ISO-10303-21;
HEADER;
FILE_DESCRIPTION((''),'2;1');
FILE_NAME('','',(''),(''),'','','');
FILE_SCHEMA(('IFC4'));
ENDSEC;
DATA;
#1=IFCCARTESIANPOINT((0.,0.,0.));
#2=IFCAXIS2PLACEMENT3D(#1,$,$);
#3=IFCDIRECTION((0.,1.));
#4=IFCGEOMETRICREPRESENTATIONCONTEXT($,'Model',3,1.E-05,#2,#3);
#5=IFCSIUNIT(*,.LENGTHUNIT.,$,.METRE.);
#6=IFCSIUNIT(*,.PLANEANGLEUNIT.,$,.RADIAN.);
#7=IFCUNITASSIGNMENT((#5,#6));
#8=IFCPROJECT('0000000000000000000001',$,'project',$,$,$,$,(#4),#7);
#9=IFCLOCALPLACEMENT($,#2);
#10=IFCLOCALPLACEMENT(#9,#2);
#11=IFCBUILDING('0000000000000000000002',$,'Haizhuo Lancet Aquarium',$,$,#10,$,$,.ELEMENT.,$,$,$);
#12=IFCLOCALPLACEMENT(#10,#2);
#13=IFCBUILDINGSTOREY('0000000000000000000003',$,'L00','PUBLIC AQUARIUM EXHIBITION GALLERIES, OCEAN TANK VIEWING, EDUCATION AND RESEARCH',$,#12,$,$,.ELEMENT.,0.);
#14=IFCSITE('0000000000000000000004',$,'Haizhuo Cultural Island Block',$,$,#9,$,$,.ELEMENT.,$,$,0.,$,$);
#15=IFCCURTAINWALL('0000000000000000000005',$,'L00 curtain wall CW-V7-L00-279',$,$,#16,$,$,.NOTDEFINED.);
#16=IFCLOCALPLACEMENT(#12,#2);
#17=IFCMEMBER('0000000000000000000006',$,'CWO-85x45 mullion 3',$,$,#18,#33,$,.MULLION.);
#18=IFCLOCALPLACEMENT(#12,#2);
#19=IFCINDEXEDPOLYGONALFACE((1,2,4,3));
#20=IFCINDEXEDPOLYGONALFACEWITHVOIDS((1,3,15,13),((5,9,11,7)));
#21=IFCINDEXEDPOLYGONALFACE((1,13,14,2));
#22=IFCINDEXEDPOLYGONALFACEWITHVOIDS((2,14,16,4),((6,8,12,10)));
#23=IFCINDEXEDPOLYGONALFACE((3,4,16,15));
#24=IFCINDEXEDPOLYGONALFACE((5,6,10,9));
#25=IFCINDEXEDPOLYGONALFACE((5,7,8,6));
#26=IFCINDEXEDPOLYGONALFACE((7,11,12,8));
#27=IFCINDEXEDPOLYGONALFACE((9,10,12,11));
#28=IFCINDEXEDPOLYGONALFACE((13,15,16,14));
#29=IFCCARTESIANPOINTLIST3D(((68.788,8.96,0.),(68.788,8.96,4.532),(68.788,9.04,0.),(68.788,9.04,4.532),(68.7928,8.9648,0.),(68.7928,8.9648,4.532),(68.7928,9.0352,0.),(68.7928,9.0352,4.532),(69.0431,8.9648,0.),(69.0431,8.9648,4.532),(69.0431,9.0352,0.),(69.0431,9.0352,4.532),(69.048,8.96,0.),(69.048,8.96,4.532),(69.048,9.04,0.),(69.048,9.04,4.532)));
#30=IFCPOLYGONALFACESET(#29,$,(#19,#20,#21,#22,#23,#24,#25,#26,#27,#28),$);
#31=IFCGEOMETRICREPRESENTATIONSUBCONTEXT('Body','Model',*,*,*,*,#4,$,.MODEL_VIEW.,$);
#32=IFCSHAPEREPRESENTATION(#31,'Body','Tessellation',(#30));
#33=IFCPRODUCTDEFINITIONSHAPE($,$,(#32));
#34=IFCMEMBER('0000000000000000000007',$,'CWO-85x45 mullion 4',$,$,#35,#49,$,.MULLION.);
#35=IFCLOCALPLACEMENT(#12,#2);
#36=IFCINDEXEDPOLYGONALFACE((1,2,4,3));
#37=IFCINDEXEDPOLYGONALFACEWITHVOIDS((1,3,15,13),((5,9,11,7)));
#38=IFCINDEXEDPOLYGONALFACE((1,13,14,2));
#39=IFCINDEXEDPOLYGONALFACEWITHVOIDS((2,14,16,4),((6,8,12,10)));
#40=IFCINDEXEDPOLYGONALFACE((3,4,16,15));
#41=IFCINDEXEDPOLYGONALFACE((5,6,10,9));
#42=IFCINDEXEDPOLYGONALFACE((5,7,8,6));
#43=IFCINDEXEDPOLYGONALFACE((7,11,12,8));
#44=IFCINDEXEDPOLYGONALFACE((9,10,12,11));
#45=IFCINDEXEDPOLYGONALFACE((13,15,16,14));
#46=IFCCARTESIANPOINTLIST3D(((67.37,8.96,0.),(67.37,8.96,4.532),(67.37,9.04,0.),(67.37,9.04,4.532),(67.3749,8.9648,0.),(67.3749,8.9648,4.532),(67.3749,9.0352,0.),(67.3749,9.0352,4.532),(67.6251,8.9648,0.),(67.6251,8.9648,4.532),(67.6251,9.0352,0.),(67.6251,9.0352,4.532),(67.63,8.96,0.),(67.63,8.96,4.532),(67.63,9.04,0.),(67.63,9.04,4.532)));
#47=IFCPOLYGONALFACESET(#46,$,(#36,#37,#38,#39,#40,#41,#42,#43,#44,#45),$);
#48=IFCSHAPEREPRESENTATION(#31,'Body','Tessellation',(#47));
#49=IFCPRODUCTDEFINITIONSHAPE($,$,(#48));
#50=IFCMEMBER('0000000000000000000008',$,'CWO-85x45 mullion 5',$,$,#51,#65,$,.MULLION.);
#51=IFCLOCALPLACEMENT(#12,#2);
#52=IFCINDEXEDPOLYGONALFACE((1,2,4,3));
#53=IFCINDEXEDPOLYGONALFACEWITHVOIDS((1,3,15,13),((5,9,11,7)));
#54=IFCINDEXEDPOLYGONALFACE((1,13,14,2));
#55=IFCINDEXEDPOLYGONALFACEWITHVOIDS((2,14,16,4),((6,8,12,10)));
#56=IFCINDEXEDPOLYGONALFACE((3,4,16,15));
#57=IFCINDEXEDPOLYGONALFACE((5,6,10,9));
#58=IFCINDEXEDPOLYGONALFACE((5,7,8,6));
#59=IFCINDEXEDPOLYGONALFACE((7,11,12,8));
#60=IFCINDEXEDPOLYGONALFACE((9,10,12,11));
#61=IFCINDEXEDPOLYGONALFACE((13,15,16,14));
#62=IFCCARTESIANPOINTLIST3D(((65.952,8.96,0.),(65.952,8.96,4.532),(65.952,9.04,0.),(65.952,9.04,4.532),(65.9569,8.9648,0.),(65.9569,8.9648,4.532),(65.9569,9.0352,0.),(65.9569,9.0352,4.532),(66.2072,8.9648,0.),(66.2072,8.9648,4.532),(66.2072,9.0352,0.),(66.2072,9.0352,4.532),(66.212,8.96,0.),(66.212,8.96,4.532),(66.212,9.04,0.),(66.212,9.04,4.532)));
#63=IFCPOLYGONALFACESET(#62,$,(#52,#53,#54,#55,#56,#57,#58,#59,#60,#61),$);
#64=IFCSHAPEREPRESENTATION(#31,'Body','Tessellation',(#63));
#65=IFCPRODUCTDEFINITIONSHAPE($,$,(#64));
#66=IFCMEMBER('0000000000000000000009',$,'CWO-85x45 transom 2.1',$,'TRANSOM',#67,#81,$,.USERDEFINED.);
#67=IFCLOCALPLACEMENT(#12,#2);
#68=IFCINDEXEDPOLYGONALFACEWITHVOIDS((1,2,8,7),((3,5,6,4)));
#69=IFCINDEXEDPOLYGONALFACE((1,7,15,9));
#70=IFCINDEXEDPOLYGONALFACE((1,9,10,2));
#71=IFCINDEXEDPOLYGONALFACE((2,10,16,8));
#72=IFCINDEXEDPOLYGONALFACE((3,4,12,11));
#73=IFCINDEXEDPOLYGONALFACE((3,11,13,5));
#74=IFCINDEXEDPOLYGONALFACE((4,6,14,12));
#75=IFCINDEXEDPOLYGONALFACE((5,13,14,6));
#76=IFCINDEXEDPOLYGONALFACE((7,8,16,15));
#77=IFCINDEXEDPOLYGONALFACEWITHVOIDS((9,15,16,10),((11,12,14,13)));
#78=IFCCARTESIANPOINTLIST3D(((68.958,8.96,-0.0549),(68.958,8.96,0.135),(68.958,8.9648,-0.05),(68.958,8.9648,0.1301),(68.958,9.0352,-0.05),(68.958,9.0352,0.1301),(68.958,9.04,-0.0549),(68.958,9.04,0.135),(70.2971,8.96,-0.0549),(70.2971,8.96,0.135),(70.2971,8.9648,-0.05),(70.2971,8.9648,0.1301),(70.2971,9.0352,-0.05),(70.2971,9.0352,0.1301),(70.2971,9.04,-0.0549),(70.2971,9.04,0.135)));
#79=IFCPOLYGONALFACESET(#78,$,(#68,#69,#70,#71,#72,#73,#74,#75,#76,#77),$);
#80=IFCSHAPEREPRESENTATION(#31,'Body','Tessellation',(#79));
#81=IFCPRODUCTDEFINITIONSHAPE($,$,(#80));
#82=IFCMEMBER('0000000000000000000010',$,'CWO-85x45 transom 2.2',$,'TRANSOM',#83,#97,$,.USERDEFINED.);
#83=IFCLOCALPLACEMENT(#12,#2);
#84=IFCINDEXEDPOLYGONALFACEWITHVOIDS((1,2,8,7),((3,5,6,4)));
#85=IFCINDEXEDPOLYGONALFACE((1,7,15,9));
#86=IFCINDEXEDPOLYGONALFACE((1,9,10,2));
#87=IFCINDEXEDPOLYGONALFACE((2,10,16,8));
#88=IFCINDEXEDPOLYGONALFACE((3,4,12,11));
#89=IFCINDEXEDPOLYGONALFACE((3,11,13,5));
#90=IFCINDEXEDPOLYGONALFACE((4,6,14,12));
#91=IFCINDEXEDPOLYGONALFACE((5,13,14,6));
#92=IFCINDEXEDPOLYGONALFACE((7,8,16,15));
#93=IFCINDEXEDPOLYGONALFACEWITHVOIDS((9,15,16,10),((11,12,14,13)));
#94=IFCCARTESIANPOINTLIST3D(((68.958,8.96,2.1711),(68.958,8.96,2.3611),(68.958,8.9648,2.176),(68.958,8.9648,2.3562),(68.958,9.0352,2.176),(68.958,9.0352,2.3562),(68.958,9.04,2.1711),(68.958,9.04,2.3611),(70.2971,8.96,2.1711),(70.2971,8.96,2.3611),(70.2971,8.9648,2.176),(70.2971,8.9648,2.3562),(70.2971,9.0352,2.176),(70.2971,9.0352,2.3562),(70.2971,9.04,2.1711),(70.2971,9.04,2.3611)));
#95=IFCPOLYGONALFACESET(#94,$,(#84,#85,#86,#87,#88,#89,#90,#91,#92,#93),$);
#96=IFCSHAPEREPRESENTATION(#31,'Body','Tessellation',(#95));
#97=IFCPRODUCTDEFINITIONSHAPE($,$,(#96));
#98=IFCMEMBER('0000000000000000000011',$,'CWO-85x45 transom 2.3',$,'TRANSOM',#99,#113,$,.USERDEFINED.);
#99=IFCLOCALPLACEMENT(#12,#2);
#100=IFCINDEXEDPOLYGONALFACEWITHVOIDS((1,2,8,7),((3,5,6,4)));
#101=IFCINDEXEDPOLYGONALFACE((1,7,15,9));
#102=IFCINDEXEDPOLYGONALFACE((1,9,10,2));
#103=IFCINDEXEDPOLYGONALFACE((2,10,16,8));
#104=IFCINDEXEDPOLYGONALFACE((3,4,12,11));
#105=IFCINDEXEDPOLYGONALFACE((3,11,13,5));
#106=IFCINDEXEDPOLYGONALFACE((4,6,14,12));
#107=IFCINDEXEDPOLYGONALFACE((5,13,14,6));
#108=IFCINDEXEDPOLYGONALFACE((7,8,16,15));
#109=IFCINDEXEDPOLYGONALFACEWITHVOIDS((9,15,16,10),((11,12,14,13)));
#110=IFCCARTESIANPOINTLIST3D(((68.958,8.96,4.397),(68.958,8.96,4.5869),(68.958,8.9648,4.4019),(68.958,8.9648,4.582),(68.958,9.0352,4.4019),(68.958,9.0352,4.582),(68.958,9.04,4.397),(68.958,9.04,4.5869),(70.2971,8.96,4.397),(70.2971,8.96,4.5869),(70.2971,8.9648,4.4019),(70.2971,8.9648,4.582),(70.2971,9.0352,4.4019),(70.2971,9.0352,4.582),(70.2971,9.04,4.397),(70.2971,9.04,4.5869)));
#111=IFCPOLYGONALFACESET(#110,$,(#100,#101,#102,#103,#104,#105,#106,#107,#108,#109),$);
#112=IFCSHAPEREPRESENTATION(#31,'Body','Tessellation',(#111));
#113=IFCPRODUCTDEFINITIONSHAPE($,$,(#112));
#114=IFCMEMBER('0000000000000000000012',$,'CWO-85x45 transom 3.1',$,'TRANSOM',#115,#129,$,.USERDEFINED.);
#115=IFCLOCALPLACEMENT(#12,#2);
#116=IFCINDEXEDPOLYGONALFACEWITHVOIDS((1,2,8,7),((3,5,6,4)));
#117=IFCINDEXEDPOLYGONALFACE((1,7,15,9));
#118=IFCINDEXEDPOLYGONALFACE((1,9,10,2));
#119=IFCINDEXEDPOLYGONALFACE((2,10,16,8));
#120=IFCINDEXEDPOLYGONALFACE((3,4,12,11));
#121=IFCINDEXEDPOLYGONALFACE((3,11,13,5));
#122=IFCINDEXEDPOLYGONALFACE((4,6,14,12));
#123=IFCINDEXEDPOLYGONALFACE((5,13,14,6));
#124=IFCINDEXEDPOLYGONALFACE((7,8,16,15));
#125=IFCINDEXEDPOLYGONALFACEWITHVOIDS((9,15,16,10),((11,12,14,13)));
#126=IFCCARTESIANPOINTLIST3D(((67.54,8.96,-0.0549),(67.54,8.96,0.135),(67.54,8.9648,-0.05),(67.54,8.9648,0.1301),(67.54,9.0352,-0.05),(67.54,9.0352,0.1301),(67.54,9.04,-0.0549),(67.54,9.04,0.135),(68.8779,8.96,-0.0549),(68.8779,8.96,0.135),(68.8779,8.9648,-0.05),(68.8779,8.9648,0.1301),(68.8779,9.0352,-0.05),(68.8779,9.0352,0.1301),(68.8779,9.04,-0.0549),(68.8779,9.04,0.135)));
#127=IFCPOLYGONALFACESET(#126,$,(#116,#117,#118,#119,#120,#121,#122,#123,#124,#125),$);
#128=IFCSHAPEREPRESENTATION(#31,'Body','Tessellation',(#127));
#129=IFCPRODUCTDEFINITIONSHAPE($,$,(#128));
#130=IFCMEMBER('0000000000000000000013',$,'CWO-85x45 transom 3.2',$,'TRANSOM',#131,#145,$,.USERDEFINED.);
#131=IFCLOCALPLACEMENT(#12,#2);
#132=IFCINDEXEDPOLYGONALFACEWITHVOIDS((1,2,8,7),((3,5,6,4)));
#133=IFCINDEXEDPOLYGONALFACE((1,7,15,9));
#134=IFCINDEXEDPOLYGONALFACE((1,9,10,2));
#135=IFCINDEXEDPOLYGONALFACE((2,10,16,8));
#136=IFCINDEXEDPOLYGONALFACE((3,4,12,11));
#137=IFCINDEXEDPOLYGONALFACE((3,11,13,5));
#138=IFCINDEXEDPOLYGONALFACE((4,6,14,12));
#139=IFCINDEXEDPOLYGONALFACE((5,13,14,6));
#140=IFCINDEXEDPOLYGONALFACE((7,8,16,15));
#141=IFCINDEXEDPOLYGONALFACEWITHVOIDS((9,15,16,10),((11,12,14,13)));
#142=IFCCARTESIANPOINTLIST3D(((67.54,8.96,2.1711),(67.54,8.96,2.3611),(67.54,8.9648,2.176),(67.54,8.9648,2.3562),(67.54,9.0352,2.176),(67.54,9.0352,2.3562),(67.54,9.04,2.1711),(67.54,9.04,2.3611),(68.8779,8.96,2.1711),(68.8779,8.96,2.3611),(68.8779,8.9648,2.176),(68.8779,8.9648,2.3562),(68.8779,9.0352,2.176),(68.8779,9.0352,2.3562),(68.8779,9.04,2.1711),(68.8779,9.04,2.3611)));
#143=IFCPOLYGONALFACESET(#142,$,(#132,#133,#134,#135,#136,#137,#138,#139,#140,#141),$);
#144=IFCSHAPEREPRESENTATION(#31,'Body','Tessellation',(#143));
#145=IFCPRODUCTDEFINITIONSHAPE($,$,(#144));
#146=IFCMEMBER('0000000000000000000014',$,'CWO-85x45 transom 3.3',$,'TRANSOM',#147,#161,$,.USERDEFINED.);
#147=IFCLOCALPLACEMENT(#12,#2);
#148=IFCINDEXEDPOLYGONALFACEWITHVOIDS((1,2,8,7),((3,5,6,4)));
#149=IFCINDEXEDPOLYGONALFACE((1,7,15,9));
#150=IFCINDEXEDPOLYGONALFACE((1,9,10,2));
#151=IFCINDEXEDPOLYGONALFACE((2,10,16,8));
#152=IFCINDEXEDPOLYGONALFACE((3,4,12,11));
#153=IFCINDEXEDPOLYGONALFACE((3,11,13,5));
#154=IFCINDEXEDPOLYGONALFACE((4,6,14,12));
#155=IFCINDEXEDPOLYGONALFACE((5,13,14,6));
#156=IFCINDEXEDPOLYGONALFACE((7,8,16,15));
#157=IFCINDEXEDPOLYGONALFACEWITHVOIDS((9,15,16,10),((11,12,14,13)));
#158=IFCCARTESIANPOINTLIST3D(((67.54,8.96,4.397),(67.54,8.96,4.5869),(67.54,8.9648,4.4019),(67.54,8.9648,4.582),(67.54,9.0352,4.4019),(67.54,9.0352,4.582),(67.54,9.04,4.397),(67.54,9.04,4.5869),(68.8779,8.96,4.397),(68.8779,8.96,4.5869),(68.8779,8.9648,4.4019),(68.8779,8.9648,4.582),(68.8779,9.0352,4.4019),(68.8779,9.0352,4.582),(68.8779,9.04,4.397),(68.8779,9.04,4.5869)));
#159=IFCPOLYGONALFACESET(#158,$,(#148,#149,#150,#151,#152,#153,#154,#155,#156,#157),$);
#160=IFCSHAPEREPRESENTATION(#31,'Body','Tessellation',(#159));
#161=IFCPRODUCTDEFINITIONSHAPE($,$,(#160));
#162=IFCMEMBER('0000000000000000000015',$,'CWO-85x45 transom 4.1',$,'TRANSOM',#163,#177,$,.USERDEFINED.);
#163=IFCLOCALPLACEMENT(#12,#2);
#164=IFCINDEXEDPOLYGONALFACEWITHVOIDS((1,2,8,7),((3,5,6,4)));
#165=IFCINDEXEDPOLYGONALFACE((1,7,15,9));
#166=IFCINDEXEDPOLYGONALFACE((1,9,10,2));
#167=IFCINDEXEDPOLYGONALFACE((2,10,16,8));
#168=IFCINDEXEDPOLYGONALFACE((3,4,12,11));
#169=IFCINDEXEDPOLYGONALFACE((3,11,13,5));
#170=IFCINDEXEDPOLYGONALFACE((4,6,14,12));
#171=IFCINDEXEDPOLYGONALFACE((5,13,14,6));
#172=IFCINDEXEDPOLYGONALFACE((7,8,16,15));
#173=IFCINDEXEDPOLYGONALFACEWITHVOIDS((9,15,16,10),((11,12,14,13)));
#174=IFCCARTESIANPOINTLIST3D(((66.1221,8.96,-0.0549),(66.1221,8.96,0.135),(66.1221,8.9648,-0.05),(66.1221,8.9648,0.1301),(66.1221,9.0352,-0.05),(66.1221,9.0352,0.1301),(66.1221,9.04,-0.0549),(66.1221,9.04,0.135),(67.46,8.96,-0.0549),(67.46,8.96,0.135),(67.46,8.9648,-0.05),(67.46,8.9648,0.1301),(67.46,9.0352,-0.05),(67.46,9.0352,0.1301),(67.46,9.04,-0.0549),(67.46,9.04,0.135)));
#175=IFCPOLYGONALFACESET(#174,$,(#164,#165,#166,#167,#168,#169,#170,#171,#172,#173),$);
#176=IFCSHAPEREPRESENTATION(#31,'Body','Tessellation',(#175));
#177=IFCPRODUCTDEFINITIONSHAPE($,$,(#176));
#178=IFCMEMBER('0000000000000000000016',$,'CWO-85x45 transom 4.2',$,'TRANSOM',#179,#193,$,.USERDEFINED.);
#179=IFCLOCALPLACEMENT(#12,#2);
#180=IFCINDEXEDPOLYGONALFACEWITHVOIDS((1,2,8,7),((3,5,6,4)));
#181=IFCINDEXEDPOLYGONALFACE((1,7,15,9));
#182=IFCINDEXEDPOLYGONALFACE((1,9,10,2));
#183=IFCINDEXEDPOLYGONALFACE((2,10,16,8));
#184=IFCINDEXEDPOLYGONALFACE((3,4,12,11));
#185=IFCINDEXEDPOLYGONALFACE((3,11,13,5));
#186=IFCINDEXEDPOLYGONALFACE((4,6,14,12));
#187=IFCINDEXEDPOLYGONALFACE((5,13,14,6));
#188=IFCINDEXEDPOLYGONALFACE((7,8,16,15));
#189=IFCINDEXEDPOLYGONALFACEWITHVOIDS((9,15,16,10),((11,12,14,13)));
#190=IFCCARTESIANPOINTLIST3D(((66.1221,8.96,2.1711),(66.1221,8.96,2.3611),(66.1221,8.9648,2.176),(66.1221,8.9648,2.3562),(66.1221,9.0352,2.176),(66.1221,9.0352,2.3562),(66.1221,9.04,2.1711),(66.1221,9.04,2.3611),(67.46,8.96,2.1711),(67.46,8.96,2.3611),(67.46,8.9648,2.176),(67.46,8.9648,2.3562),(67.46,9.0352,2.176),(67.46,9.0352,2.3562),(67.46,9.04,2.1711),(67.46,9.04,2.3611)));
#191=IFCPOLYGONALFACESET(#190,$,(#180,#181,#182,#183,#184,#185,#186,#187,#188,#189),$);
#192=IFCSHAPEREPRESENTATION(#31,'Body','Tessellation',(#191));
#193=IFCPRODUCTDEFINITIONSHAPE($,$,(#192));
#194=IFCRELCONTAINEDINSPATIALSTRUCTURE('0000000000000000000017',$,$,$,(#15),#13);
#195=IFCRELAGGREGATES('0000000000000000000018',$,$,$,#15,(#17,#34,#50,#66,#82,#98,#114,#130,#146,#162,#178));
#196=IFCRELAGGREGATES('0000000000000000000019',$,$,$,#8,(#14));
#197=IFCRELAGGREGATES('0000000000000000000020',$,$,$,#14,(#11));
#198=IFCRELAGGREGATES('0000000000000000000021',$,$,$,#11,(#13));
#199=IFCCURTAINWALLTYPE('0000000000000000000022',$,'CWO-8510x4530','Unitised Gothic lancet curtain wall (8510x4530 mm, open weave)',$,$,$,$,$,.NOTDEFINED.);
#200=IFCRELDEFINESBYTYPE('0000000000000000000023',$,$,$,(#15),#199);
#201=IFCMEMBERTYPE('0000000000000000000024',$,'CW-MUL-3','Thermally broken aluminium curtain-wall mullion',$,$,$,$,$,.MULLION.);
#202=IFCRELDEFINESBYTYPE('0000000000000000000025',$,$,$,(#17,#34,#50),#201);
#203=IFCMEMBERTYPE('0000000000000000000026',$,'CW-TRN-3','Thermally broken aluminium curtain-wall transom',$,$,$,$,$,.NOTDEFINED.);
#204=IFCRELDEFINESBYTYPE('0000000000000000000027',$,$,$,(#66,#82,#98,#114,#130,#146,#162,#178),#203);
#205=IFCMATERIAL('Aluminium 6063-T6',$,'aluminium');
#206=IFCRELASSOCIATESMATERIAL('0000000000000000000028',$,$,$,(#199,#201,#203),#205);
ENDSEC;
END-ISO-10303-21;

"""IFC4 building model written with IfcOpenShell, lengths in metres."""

from ifc_helpers import new_model, si_unit, direction, frame, origin, origin_2d, place, context, subcontext, project, spatial, hollow_rectangle, extrude, material, material_profile, profile_set, type_object, element, aggregate, save


model = new_model("IFC4")

# Units and contexts
model_context = context("Model", 3, precision=1e-05, world=origin(), true_north=direction((0.0, 1.0)))
body_context = subcontext(model_context, "Body", "Model", "MODEL_VIEW")
ifc_project = project(units=[si_unit("LENGTHUNIT", "METRE"), si_unit("PLANEANGLEUNIT", "RADIAN")], contexts=[model_context])

# Site, building, storey
site_placement = place(None, origin())
site = spatial("IfcSite", under=ifc_project, at=site_placement, Name="Haizhuo Cultural Island Block", CompositionType="ELEMENT", RefElevation=0.0)
building_placement = place(site_placement, origin())
building = spatial("IfcBuilding", under=site, at=building_placement, Name="Haizhuo Lancet Aquarium", CompositionType="ELEMENT")
storey_placement = place(building_placement, origin())
storey = spatial("IfcBuildingStorey", under=building, at=storey_placement, Name="L00", Description="PUBLIC AQUARIUM EXHIBITION GALLERIES, OCEAN TANK VIEWING, EDUCATION AND RESEARCH", CompositionType="ELEMENT", Elevation=0.0)

# Curtain wall, members
ifc_material_1 = material(Name="Aluminium 6063-T6", Category="aluminium")
curtain_wall_type = type_object("IfcCurtainWallType", Name="CWO-8510x4530", Description="Unitised Gothic lancet curtain wall (8510x4530 mm, open weave)", PredefinedType="NOTDEFINED", material=ifc_material_1)
curtain_wall_placement = place(storey_placement, origin())
curtain_wall = element("IfcCurtainWall", 1, at=curtain_wall_placement, inside=storey, type_object=curtain_wall_type, Name="L00 curtain wall CW-V7-L00-279", PredefinedType="NOTDEFINED")
ifc_material_profile_1 = material_profile(ifc_material_1, hollow_rectangle(XDim=0.0801, YDim=0.26, WallThickness=0.0049, at=origin_2d()), Name="ALU-M 80x260x5")
ifc_profile_set_1 = profile_set([ifc_material_profile_1], Name="Aluminium 6063-T6")
member_type_1 = type_object("IfcMemberType", Name="CW-MUL-3", Description="Thermally broken aluminium curtain-wall mullion", PredefinedType="MULLION", material=ifc_profile_set_1)
member_1_placement = place(storey_placement, frame((68.918, 9.0, 0.0), z_axis=(0.0, 0.0, 1.0), x_axis=(0.0, -1.0, 0.0)))
member_1 = element("IfcMember", 2, at=member_1_placement, type_object=member_type_1, Name="CWO-85x45 mullion 3", PredefinedType="MULLION", context=body_context, shape_type="SweptSolid", body=[
    extrude(hollow_rectangle(XDim=0.0801, YDim=0.26, WallThickness=0.0049, at=origin_2d()), origin(), (0.0, 0.0, 1.0), 4.532),
])
member_2_placement = place(storey_placement, frame((67.5, 9.0, 0.0), z_axis=(0.0, 0.0, 1.0), x_axis=(0.0, -1.0, 0.0)))
member_2 = element("IfcMember", 3, at=member_2_placement, type_object=member_type_1, Name="CWO-85x45 mullion 4", PredefinedType="MULLION", context=body_context, shape_type="SweptSolid", body=[
    extrude(hollow_rectangle(XDim=0.0801, YDim=0.26, WallThickness=0.0049, at=origin_2d()), origin(), (0.0, 0.0, 1.0), 4.532),
])
member_3_placement = place(storey_placement, frame((66.082, 9.0, 0.0), z_axis=(0.0, 0.0, 1.0), x_axis=(0.0, -1.0, 0.0)))
member_3 = element("IfcMember", 4, at=member_3_placement, type_object=member_type_1, Name="CWO-85x45 mullion 5", PredefinedType="MULLION", context=body_context, shape_type="SweptSolid", body=[
    extrude(hollow_rectangle(XDim=0.0801, YDim=0.26, WallThickness=0.0049, at=origin_2d()), origin(), (0.0, 0.0, 1.0), 4.532),
])
ifc_material_profile_2 = material_profile(ifc_material_1, hollow_rectangle(XDim=0.0801, YDim=0.1899, WallThickness=0.0049, at=origin_2d()), Name="ALU-T 80x190x5")
ifc_profile_set_2 = profile_set([ifc_material_profile_2], Name="Aluminium 6063-T6")
member_type_2 = type_object("IfcMemberType", Name="CW-TRN-3", Description="Thermally broken aluminium curtain-wall transom", PredefinedType="NOTDEFINED", material=ifc_profile_set_2)
member_4_placement = place(storey_placement, frame((70.2971, 9.0, 0.04), z_axis=(-1.0, 0.0, 0.0), x_axis=(0.0, -1.0, 0.0)))
member_4 = element("IfcMember", 5, at=member_4_placement, type_object=member_type_2, Name="CWO-85x45 transom 2.1", ObjectType="TRANSOM", PredefinedType="USERDEFINED", context=body_context, shape_type="SweptSolid", body=[
    extrude(hollow_rectangle(XDim=0.0801, YDim=0.1899, WallThickness=0.0049, at=origin_2d()), origin(), (0.0, 0.0, 1.0), 1.3391),
])
member_5_placement = place(storey_placement, frame((70.2971, 9.0, 2.2661), z_axis=(-1.0, 0.0, 0.0), x_axis=(0.0, -1.0, 0.0)))
member_5 = element("IfcMember", 6, at=member_5_placement, type_object=member_type_2, Name="CWO-85x45 transom 2.2", ObjectType="TRANSOM", PredefinedType="USERDEFINED", context=body_context, shape_type="SweptSolid", body=[
    extrude(hollow_rectangle(XDim=0.0801, YDim=0.1899, WallThickness=0.0049, at=origin_2d()), origin(), (0.0, 0.0, 1.0), 1.3391),
])
member_6_placement = place(storey_placement, frame((70.2971, 9.0, 4.4919), z_axis=(-1.0, 0.0, 0.0), x_axis=(0.0, -1.0, 0.0)))
member_6 = element("IfcMember", 7, at=member_6_placement, type_object=member_type_2, Name="CWO-85x45 transom 2.3", ObjectType="TRANSOM", PredefinedType="USERDEFINED", context=body_context, shape_type="SweptSolid", body=[
    extrude(hollow_rectangle(XDim=0.0801, YDim=0.1899, WallThickness=0.0049, at=origin_2d()), origin(), (0.0, 0.0, 1.0), 1.3391),
])
member_7_placement = place(storey_placement, frame((68.8779, 9.0, 0.04), z_axis=(-1.0, 0.0, 0.0), x_axis=(0.0, -1.0, 0.0)))
member_7 = element("IfcMember", 8, at=member_7_placement, type_object=member_type_2, Name="CWO-85x45 transom 3.1", ObjectType="TRANSOM", PredefinedType="USERDEFINED", context=body_context, shape_type="SweptSolid", body=[
    extrude(hollow_rectangle(XDim=0.0801, YDim=0.1899, WallThickness=0.0049, at=origin_2d()), origin(), (0.0, 0.0, 1.0), 1.3379),
])
member_8_placement = place(storey_placement, frame((68.8779, 9.0, 2.2661), z_axis=(-1.0, 0.0, 0.0), x_axis=(0.0, -1.0, 0.0)))
member_8 = element("IfcMember", 9, at=member_8_placement, type_object=member_type_2, Name="CWO-85x45 transom 3.2", ObjectType="TRANSOM", PredefinedType="USERDEFINED", context=body_context, shape_type="SweptSolid", body=[
    extrude(hollow_rectangle(XDim=0.0801, YDim=0.1899, WallThickness=0.0049, at=origin_2d()), origin(), (0.0, 0.0, 1.0), 1.3379),
])
member_9_placement = place(storey_placement, frame((68.8779, 9.0, 4.4919), z_axis=(-1.0, 0.0, 0.0), x_axis=(0.0, -1.0, 0.0)))
member_9 = element("IfcMember", 10, at=member_9_placement, type_object=member_type_2, Name="CWO-85x45 transom 3.3", ObjectType="TRANSOM", PredefinedType="USERDEFINED", context=body_context, shape_type="SweptSolid", body=[
    extrude(hollow_rectangle(XDim=0.0801, YDim=0.1899, WallThickness=0.0049, at=origin_2d()), origin(), (0.0, 0.0, 1.0), 1.3379),
])
member_10_placement = place(storey_placement, frame((67.46, 9.0, 0.04), z_axis=(-1.0, 0.0, 0.0), x_axis=(0.0, -1.0, 0.0)))
member_10 = element("IfcMember", 11, at=member_10_placement, type_object=member_type_2, Name="CWO-85x45 transom 4.1", ObjectType="TRANSOM", PredefinedType="USERDEFINED", context=body_context, shape_type="SweptSolid", body=[
    extrude(hollow_rectangle(XDim=0.0801, YDim=0.1899, WallThickness=0.0049, at=origin_2d()), origin(), (0.0, 0.0, 1.0), 1.3379),
])
member_11_placement = place(storey_placement, frame((67.46, 9.0, 2.2661), z_axis=(-1.0, 0.0, 0.0), x_axis=(0.0, -1.0, 0.0)))
member_11 = element("IfcMember", 12, at=member_11_placement, type_object=member_type_2, Name="CWO-85x45 transom 4.2", ObjectType="TRANSOM", PredefinedType="USERDEFINED", context=body_context, shape_type="SweptSolid", body=[
    extrude(hollow_rectangle(XDim=0.0801, YDim=0.1899, WallThickness=0.0049, at=origin_2d()), origin(), (0.0, 0.0, 1.0), 1.3379),
])

aggregate(curtain_wall, [member_1, member_2, member_3, member_4, member_5, member_6, member_7, member_8, member_9, member_10, member_11])

save(model, "model.ifc")
